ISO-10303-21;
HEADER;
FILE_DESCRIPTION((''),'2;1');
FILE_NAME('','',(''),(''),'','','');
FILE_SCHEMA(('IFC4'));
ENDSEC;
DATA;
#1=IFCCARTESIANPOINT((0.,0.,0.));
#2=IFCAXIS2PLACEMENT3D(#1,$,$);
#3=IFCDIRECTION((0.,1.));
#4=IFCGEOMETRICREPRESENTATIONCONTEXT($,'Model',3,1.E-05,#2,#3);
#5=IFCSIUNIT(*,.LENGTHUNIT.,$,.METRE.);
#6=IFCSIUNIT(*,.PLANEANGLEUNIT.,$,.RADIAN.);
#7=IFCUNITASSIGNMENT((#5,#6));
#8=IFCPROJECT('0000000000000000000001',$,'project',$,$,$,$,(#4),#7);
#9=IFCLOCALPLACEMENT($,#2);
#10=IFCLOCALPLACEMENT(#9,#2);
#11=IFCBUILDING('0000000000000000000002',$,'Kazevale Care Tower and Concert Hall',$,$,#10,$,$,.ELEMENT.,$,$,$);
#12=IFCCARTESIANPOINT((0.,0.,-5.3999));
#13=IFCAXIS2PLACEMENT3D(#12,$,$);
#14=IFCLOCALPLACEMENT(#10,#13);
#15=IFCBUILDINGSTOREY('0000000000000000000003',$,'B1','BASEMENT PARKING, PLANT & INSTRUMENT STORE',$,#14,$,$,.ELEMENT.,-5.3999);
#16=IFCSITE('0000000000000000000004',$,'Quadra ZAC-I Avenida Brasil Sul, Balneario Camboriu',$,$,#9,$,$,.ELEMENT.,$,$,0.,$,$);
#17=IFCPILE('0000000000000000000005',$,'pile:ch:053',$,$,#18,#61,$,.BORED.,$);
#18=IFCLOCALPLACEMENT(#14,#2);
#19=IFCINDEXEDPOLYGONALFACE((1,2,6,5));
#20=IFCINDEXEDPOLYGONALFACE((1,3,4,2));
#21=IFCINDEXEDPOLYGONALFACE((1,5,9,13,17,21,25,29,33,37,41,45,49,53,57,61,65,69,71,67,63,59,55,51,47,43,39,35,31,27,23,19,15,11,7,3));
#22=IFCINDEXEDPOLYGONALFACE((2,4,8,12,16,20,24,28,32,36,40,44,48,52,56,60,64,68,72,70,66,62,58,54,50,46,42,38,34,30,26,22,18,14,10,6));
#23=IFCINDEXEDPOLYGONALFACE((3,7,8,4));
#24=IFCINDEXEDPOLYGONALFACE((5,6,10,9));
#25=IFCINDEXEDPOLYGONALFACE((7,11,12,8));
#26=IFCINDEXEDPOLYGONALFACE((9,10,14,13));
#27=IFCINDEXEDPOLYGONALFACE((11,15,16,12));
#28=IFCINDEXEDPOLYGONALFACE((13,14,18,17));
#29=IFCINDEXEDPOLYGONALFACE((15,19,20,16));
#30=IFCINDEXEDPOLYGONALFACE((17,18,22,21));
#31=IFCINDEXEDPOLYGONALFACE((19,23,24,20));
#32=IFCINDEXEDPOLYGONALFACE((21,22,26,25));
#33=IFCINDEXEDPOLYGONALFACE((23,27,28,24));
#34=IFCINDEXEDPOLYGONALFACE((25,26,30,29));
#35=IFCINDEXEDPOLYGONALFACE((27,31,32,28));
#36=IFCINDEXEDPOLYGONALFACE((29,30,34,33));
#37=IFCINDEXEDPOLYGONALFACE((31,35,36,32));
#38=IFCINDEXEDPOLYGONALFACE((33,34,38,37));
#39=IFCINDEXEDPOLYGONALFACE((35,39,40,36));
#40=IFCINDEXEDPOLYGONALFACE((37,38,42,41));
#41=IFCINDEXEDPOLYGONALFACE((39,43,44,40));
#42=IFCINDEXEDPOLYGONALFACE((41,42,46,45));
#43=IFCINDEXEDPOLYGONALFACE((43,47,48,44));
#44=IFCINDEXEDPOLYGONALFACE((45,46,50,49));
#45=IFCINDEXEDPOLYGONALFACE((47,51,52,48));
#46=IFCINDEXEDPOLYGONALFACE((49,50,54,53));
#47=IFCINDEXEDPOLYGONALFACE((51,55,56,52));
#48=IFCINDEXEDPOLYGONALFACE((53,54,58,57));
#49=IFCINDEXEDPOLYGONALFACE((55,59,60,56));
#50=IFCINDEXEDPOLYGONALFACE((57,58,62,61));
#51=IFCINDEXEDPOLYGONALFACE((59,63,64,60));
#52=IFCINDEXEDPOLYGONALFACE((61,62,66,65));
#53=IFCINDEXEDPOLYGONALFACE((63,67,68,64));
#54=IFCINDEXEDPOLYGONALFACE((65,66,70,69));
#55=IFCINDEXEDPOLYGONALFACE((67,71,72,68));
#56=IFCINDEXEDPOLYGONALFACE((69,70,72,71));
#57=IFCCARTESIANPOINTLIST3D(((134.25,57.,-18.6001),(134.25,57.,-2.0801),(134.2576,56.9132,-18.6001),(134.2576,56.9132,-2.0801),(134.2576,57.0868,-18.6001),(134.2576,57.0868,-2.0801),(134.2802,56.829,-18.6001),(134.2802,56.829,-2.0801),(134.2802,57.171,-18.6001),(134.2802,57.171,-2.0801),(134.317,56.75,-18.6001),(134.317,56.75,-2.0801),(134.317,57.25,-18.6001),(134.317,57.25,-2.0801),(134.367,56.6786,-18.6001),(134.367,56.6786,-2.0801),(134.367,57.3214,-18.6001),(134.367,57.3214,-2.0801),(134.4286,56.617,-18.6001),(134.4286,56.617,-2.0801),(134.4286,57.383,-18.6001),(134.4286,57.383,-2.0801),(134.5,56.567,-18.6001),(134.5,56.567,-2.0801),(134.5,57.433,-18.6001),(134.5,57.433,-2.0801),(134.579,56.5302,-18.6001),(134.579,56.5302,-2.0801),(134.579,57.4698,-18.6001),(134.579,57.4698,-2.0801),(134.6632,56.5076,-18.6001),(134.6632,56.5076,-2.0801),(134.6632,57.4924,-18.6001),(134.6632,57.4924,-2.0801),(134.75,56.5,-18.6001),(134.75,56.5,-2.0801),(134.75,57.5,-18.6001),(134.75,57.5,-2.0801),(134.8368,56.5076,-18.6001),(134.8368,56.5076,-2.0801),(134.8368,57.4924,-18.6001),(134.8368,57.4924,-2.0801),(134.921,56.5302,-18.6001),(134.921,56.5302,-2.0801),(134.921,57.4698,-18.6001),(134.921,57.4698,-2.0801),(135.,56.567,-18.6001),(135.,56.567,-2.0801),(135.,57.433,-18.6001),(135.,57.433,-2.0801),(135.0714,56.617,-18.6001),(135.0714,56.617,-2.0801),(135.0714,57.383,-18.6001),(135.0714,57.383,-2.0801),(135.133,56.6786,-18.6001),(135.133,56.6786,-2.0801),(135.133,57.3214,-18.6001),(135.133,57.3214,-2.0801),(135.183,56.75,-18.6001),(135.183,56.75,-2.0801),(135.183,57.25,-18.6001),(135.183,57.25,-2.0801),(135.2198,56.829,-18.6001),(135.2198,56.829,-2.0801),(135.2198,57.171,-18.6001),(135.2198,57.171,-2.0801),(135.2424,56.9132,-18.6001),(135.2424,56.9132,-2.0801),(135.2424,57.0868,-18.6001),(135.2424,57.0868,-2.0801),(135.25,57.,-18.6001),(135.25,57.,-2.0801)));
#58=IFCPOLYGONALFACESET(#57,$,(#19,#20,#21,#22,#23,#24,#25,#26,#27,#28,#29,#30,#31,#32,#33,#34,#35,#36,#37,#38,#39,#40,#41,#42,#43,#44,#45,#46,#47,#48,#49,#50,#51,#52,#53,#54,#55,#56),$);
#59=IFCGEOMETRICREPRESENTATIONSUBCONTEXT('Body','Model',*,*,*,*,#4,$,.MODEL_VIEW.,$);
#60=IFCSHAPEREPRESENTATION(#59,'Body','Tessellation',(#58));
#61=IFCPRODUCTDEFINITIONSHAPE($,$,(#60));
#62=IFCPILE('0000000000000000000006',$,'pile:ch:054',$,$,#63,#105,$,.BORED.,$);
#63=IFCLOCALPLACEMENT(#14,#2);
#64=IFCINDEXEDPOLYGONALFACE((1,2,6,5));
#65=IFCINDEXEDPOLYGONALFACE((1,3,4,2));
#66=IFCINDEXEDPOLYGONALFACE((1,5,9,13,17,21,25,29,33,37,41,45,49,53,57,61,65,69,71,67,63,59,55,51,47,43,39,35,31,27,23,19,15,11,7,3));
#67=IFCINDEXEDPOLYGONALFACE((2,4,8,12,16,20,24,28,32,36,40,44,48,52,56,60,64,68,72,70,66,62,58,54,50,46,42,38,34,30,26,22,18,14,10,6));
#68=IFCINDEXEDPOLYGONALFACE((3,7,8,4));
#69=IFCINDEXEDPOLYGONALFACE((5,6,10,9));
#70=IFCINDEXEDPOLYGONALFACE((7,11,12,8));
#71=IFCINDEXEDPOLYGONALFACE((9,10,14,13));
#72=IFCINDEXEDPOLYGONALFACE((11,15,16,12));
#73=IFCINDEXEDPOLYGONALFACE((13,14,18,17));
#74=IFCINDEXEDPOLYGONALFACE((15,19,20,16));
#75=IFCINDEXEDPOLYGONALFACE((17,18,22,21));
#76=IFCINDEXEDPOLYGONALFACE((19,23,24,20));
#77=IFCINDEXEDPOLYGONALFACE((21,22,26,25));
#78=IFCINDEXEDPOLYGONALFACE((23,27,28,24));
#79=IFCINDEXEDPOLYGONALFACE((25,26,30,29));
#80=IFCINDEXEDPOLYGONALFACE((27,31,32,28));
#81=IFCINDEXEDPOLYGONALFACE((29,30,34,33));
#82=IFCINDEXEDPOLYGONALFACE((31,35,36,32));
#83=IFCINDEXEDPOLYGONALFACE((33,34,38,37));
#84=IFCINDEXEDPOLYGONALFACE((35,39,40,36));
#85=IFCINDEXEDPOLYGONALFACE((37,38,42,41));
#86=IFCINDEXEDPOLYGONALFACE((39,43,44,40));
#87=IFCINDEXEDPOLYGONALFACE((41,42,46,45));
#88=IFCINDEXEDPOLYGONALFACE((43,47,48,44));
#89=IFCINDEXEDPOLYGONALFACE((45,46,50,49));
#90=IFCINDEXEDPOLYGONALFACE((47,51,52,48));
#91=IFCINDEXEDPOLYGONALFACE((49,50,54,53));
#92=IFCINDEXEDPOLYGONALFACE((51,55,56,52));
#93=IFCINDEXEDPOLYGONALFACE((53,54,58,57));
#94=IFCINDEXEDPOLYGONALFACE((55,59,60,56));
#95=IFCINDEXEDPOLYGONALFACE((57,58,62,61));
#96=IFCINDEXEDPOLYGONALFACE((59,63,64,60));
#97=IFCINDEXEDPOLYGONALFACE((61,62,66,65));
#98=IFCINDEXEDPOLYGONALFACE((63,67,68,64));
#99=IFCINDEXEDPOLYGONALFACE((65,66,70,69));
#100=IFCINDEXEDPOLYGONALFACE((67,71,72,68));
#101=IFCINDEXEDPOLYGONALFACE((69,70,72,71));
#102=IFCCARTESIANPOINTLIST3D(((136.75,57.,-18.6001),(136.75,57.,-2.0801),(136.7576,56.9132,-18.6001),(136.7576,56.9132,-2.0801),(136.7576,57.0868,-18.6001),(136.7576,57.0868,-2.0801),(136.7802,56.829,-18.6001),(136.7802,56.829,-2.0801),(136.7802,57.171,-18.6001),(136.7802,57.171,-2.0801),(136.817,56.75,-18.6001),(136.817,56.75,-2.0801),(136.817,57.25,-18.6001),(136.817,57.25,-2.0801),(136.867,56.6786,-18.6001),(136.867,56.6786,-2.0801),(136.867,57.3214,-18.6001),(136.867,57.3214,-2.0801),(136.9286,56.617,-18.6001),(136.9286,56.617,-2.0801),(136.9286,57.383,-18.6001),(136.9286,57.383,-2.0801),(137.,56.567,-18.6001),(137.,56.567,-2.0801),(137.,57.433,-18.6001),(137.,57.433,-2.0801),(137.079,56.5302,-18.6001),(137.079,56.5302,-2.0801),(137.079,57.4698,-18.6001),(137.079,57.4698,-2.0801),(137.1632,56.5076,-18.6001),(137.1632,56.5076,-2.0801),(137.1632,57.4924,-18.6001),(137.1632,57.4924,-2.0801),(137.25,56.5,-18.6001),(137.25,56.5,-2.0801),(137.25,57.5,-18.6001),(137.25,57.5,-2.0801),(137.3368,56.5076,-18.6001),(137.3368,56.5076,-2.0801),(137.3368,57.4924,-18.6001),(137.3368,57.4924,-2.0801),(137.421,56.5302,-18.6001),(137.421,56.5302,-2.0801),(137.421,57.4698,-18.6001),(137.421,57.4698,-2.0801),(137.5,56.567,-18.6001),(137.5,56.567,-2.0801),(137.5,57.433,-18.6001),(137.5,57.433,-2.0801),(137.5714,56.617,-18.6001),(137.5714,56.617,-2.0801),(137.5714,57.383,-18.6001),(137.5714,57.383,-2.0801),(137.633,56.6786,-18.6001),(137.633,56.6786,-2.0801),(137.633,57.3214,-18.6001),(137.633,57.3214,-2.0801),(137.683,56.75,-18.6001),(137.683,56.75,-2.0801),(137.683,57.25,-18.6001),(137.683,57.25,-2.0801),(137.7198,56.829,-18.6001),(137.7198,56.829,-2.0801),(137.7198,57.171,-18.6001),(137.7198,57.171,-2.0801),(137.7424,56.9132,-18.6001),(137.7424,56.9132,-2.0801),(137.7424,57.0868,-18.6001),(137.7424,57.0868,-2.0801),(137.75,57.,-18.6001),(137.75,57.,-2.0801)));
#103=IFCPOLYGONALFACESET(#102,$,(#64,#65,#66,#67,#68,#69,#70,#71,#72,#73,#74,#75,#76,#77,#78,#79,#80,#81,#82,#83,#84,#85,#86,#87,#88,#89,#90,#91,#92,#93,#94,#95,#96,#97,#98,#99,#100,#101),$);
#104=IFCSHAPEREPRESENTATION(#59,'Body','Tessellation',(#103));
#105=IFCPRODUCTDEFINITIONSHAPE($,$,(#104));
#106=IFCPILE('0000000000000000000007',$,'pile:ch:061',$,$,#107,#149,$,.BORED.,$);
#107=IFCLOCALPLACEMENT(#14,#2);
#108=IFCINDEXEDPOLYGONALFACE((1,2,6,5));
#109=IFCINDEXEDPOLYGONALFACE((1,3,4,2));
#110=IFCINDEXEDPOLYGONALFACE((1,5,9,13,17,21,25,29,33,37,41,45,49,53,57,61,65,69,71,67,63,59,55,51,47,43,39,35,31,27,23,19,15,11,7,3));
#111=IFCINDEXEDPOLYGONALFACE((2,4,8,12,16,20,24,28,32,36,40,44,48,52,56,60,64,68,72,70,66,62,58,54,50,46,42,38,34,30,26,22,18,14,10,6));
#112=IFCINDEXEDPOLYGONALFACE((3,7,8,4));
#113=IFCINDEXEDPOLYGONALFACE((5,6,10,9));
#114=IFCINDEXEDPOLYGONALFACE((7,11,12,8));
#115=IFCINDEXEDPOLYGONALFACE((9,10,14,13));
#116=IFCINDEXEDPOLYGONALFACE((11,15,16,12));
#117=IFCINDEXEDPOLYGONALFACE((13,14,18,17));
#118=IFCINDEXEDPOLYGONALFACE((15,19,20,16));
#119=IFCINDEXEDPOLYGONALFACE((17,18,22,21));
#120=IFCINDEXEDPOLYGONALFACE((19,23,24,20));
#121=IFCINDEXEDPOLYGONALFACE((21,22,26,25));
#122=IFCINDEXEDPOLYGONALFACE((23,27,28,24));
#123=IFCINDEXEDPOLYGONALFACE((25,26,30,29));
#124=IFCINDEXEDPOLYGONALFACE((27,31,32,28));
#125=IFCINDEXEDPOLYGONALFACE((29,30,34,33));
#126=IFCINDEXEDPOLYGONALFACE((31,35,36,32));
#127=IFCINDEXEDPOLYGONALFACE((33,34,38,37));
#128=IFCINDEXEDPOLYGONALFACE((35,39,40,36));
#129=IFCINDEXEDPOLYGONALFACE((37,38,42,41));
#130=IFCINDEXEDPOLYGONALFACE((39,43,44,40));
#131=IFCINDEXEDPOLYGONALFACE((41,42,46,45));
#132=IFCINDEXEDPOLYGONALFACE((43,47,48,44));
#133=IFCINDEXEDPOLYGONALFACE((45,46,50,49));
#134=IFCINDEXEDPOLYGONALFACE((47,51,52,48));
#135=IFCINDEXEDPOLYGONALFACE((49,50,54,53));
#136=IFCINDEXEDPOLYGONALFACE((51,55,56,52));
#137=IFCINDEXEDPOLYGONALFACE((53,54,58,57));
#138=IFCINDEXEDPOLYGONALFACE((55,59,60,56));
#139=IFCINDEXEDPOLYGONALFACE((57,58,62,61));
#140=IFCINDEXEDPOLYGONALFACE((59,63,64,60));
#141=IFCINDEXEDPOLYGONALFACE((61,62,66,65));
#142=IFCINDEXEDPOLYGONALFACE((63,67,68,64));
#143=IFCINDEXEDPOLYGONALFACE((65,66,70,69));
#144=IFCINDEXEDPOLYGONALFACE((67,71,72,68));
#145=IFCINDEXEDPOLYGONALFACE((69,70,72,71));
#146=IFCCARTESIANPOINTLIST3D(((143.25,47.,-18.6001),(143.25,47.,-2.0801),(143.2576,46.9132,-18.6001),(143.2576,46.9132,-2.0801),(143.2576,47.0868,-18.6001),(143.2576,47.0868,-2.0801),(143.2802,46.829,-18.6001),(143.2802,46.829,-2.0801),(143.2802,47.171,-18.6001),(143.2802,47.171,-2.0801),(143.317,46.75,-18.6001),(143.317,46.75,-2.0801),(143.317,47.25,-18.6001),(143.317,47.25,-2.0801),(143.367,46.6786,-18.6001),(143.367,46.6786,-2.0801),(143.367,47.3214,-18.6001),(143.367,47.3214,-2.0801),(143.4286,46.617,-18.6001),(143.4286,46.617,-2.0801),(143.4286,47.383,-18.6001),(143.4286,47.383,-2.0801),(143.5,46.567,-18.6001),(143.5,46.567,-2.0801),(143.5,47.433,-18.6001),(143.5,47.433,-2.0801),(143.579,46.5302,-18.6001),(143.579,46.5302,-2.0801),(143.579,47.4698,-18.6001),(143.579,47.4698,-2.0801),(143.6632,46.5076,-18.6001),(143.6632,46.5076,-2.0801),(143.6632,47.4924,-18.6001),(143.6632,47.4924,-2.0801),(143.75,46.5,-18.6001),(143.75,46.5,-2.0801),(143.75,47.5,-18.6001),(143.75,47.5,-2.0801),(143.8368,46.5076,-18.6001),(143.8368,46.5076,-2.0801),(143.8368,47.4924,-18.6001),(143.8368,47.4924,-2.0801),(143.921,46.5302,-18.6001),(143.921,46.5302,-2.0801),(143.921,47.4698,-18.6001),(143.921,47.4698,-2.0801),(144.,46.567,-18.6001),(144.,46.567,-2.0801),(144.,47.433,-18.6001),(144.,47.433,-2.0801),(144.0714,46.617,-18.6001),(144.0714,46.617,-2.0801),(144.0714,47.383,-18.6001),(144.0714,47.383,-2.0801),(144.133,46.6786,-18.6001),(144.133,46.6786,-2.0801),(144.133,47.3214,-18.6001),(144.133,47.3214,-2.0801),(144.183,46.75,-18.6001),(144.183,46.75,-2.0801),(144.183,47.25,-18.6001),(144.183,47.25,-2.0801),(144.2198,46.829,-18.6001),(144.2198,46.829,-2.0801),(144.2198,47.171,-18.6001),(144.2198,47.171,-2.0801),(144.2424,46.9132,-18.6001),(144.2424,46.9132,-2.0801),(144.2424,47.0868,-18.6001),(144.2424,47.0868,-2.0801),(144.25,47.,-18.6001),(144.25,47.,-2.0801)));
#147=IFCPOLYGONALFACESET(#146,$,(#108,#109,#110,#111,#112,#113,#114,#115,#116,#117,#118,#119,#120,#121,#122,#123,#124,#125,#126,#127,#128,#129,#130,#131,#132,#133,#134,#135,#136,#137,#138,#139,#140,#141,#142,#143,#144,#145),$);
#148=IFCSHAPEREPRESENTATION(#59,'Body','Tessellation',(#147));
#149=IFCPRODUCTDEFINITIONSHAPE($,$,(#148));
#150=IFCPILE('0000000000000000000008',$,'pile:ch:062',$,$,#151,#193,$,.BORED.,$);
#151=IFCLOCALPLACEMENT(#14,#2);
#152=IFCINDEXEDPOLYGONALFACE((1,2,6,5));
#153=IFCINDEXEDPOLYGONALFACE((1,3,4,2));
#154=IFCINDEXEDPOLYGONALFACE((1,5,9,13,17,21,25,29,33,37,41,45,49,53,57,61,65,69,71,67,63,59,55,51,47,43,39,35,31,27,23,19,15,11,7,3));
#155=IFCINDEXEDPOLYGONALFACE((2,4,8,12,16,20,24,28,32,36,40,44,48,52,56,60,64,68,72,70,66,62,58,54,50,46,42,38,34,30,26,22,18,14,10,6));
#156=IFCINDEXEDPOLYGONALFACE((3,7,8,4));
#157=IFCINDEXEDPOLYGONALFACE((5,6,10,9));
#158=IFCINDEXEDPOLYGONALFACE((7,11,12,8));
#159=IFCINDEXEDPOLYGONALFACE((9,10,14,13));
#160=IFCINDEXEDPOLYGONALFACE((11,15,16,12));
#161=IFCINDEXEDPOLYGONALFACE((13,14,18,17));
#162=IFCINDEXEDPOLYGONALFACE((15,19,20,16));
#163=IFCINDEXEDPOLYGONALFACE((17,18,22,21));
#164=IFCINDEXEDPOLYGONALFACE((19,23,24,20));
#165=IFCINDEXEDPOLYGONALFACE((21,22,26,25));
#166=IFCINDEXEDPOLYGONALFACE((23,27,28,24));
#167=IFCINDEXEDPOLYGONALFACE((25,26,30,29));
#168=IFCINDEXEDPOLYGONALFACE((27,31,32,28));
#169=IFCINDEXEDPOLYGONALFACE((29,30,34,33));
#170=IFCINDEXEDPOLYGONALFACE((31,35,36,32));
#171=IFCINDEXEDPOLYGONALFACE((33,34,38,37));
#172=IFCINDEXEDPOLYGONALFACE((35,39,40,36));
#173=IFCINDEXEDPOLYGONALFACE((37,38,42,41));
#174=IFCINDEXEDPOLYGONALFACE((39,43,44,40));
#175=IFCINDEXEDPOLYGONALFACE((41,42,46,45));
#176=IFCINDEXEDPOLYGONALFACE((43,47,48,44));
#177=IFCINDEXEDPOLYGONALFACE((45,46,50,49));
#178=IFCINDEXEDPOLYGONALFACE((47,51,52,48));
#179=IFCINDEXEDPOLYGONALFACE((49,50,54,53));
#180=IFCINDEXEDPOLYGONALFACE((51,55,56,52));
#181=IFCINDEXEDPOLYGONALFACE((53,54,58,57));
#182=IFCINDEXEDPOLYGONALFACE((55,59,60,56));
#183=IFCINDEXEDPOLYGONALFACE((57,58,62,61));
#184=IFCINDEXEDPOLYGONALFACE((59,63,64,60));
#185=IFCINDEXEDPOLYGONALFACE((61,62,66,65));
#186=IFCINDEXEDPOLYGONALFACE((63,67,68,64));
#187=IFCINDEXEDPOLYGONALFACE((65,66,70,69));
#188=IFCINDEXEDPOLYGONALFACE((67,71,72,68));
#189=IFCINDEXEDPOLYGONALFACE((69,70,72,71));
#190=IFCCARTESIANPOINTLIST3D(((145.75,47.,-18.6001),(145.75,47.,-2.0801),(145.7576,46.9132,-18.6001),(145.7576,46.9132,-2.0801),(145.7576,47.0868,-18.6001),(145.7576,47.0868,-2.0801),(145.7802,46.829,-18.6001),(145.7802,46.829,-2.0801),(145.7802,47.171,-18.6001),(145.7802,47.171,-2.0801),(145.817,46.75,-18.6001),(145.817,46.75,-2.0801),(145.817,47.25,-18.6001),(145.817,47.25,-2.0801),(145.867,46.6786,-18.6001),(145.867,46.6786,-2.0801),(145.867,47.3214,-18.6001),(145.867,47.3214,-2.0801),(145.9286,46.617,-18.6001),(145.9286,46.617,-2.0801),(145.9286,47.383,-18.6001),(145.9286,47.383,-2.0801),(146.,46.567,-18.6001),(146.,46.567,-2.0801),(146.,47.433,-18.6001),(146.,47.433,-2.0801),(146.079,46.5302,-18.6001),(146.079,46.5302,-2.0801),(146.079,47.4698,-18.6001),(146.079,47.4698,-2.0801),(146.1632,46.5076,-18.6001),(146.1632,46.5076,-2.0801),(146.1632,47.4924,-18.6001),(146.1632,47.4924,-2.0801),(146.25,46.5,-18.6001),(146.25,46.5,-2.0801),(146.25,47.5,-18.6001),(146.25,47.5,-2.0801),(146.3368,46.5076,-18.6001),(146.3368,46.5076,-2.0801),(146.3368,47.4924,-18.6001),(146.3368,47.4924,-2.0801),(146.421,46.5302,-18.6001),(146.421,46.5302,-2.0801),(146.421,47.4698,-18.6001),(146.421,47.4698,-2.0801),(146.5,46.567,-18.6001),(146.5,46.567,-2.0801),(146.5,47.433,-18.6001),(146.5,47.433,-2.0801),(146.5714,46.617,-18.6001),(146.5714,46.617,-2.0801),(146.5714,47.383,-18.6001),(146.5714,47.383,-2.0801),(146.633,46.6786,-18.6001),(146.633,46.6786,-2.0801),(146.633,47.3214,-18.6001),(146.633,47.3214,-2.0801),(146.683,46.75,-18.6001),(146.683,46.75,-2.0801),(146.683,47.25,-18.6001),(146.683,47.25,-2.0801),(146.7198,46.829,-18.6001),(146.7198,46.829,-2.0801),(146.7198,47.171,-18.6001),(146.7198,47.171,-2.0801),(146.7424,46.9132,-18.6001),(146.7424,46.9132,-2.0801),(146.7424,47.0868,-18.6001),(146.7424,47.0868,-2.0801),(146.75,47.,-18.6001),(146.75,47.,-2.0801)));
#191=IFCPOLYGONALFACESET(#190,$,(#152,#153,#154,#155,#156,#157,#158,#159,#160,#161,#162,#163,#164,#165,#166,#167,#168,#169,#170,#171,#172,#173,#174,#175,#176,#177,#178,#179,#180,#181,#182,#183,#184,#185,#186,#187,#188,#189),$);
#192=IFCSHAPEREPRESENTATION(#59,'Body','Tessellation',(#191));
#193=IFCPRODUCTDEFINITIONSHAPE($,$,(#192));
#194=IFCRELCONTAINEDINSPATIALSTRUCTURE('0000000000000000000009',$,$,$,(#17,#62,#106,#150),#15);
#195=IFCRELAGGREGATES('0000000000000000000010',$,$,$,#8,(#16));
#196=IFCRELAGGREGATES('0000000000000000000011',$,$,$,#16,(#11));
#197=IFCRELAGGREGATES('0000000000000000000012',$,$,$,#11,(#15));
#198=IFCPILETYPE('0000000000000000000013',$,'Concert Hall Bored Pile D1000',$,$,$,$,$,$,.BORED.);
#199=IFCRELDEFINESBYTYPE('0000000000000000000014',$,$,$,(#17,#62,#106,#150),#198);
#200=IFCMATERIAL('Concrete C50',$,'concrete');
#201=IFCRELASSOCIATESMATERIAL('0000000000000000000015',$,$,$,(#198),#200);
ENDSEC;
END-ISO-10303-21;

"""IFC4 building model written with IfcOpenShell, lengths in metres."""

from ifc_helpers import new_model, si_unit, direction, frame, origin, origin_2d, place, context, subcontext, project, spatial, circle, extrude, material, material_profile, profile_set, type_object, element, save


model = new_model("IFC4")

# Units and contexts
model_context = context("Model", 3, precision=1e-05, world=origin(), true_north=direction((0.0, 1.0)))
body_context = subcontext(model_context, "Body", "Model", "MODEL_VIEW")
ifc_project = project(units=[si_unit("LENGTHUNIT", "METRE"), si_unit("PLANEANGLEUNIT", "RADIAN")], contexts=[model_context])

# Site, building, storey
site_placement = place(None, origin())
site = spatial("IfcSite", under=ifc_project, at=site_placement, Name="Quadra ZAC-I Avenida Brasil Sul, Balneario Camboriu", CompositionType="ELEMENT", RefElevation=0.0)
building_placement = place(site_placement, origin())
building = spatial("IfcBuilding", under=site, at=building_placement, Name="Kazevale Care Tower and Concert Hall", CompositionType="ELEMENT")
storey_placement = place(building_placement, frame((0.0, 0.0, -5.3999)))
storey = spatial("IfcBuildingStorey", under=building, at=storey_placement, Name="B1", Description="BASEMENT PARKING, PLANT & INSTRUMENT STORE", CompositionType="ELEMENT", Elevation=-5.3999)

# Piles
ifc_material_1 = material(Name="Concrete C50", Category="concrete")
ifc_material_profile_1 = material_profile(ifc_material_1, circle(Radius=0.5, at=origin_2d()), Name="PILE-D1000")
ifc_profile_set_1 = profile_set([ifc_material_profile_1], Name="Concrete C50")
pile_type = type_object("IfcPileType", Name="Concert Hall Bored Pile D1000", PredefinedType="BORED", material=ifc_profile_set_1)
for number, where, z_axis, x_axis, name in (
    (1, (134.75, 57.0, -2.0801), (0.0, 0.0, -1.0), (1.0, 0.0, 0.0), "pile:ch:053"),
    (2, (137.25, 57.0, -2.0801), (0.0, 0.0, -1.0), (1.0, 0.0, 0.0), "pile:ch:054"),
    (3, (143.75, 47.0, -2.0801), (0.0, 0.0, -1.0), (1.0, 0.0, 0.0), "pile:ch:061"),
    (4, (146.25, 47.0, -2.0801), (0.0, 0.0, -1.0), (1.0, 0.0, 0.0), "pile:ch:062"),
):
    element("IfcPile", number, at=place(storey_placement, frame(where, z_axis=z_axis, x_axis=x_axis)), inside=storey, type_object=pile_type, Name=name, PredefinedType="BORED", context=body_context, shape_type="SweptSolid", body=[
        extrude(circle(Radius=0.5, at=origin_2d()), origin(), (0.0, 0.0, 1.0), 16.52),
    ])

save(model, "model.ifc")
